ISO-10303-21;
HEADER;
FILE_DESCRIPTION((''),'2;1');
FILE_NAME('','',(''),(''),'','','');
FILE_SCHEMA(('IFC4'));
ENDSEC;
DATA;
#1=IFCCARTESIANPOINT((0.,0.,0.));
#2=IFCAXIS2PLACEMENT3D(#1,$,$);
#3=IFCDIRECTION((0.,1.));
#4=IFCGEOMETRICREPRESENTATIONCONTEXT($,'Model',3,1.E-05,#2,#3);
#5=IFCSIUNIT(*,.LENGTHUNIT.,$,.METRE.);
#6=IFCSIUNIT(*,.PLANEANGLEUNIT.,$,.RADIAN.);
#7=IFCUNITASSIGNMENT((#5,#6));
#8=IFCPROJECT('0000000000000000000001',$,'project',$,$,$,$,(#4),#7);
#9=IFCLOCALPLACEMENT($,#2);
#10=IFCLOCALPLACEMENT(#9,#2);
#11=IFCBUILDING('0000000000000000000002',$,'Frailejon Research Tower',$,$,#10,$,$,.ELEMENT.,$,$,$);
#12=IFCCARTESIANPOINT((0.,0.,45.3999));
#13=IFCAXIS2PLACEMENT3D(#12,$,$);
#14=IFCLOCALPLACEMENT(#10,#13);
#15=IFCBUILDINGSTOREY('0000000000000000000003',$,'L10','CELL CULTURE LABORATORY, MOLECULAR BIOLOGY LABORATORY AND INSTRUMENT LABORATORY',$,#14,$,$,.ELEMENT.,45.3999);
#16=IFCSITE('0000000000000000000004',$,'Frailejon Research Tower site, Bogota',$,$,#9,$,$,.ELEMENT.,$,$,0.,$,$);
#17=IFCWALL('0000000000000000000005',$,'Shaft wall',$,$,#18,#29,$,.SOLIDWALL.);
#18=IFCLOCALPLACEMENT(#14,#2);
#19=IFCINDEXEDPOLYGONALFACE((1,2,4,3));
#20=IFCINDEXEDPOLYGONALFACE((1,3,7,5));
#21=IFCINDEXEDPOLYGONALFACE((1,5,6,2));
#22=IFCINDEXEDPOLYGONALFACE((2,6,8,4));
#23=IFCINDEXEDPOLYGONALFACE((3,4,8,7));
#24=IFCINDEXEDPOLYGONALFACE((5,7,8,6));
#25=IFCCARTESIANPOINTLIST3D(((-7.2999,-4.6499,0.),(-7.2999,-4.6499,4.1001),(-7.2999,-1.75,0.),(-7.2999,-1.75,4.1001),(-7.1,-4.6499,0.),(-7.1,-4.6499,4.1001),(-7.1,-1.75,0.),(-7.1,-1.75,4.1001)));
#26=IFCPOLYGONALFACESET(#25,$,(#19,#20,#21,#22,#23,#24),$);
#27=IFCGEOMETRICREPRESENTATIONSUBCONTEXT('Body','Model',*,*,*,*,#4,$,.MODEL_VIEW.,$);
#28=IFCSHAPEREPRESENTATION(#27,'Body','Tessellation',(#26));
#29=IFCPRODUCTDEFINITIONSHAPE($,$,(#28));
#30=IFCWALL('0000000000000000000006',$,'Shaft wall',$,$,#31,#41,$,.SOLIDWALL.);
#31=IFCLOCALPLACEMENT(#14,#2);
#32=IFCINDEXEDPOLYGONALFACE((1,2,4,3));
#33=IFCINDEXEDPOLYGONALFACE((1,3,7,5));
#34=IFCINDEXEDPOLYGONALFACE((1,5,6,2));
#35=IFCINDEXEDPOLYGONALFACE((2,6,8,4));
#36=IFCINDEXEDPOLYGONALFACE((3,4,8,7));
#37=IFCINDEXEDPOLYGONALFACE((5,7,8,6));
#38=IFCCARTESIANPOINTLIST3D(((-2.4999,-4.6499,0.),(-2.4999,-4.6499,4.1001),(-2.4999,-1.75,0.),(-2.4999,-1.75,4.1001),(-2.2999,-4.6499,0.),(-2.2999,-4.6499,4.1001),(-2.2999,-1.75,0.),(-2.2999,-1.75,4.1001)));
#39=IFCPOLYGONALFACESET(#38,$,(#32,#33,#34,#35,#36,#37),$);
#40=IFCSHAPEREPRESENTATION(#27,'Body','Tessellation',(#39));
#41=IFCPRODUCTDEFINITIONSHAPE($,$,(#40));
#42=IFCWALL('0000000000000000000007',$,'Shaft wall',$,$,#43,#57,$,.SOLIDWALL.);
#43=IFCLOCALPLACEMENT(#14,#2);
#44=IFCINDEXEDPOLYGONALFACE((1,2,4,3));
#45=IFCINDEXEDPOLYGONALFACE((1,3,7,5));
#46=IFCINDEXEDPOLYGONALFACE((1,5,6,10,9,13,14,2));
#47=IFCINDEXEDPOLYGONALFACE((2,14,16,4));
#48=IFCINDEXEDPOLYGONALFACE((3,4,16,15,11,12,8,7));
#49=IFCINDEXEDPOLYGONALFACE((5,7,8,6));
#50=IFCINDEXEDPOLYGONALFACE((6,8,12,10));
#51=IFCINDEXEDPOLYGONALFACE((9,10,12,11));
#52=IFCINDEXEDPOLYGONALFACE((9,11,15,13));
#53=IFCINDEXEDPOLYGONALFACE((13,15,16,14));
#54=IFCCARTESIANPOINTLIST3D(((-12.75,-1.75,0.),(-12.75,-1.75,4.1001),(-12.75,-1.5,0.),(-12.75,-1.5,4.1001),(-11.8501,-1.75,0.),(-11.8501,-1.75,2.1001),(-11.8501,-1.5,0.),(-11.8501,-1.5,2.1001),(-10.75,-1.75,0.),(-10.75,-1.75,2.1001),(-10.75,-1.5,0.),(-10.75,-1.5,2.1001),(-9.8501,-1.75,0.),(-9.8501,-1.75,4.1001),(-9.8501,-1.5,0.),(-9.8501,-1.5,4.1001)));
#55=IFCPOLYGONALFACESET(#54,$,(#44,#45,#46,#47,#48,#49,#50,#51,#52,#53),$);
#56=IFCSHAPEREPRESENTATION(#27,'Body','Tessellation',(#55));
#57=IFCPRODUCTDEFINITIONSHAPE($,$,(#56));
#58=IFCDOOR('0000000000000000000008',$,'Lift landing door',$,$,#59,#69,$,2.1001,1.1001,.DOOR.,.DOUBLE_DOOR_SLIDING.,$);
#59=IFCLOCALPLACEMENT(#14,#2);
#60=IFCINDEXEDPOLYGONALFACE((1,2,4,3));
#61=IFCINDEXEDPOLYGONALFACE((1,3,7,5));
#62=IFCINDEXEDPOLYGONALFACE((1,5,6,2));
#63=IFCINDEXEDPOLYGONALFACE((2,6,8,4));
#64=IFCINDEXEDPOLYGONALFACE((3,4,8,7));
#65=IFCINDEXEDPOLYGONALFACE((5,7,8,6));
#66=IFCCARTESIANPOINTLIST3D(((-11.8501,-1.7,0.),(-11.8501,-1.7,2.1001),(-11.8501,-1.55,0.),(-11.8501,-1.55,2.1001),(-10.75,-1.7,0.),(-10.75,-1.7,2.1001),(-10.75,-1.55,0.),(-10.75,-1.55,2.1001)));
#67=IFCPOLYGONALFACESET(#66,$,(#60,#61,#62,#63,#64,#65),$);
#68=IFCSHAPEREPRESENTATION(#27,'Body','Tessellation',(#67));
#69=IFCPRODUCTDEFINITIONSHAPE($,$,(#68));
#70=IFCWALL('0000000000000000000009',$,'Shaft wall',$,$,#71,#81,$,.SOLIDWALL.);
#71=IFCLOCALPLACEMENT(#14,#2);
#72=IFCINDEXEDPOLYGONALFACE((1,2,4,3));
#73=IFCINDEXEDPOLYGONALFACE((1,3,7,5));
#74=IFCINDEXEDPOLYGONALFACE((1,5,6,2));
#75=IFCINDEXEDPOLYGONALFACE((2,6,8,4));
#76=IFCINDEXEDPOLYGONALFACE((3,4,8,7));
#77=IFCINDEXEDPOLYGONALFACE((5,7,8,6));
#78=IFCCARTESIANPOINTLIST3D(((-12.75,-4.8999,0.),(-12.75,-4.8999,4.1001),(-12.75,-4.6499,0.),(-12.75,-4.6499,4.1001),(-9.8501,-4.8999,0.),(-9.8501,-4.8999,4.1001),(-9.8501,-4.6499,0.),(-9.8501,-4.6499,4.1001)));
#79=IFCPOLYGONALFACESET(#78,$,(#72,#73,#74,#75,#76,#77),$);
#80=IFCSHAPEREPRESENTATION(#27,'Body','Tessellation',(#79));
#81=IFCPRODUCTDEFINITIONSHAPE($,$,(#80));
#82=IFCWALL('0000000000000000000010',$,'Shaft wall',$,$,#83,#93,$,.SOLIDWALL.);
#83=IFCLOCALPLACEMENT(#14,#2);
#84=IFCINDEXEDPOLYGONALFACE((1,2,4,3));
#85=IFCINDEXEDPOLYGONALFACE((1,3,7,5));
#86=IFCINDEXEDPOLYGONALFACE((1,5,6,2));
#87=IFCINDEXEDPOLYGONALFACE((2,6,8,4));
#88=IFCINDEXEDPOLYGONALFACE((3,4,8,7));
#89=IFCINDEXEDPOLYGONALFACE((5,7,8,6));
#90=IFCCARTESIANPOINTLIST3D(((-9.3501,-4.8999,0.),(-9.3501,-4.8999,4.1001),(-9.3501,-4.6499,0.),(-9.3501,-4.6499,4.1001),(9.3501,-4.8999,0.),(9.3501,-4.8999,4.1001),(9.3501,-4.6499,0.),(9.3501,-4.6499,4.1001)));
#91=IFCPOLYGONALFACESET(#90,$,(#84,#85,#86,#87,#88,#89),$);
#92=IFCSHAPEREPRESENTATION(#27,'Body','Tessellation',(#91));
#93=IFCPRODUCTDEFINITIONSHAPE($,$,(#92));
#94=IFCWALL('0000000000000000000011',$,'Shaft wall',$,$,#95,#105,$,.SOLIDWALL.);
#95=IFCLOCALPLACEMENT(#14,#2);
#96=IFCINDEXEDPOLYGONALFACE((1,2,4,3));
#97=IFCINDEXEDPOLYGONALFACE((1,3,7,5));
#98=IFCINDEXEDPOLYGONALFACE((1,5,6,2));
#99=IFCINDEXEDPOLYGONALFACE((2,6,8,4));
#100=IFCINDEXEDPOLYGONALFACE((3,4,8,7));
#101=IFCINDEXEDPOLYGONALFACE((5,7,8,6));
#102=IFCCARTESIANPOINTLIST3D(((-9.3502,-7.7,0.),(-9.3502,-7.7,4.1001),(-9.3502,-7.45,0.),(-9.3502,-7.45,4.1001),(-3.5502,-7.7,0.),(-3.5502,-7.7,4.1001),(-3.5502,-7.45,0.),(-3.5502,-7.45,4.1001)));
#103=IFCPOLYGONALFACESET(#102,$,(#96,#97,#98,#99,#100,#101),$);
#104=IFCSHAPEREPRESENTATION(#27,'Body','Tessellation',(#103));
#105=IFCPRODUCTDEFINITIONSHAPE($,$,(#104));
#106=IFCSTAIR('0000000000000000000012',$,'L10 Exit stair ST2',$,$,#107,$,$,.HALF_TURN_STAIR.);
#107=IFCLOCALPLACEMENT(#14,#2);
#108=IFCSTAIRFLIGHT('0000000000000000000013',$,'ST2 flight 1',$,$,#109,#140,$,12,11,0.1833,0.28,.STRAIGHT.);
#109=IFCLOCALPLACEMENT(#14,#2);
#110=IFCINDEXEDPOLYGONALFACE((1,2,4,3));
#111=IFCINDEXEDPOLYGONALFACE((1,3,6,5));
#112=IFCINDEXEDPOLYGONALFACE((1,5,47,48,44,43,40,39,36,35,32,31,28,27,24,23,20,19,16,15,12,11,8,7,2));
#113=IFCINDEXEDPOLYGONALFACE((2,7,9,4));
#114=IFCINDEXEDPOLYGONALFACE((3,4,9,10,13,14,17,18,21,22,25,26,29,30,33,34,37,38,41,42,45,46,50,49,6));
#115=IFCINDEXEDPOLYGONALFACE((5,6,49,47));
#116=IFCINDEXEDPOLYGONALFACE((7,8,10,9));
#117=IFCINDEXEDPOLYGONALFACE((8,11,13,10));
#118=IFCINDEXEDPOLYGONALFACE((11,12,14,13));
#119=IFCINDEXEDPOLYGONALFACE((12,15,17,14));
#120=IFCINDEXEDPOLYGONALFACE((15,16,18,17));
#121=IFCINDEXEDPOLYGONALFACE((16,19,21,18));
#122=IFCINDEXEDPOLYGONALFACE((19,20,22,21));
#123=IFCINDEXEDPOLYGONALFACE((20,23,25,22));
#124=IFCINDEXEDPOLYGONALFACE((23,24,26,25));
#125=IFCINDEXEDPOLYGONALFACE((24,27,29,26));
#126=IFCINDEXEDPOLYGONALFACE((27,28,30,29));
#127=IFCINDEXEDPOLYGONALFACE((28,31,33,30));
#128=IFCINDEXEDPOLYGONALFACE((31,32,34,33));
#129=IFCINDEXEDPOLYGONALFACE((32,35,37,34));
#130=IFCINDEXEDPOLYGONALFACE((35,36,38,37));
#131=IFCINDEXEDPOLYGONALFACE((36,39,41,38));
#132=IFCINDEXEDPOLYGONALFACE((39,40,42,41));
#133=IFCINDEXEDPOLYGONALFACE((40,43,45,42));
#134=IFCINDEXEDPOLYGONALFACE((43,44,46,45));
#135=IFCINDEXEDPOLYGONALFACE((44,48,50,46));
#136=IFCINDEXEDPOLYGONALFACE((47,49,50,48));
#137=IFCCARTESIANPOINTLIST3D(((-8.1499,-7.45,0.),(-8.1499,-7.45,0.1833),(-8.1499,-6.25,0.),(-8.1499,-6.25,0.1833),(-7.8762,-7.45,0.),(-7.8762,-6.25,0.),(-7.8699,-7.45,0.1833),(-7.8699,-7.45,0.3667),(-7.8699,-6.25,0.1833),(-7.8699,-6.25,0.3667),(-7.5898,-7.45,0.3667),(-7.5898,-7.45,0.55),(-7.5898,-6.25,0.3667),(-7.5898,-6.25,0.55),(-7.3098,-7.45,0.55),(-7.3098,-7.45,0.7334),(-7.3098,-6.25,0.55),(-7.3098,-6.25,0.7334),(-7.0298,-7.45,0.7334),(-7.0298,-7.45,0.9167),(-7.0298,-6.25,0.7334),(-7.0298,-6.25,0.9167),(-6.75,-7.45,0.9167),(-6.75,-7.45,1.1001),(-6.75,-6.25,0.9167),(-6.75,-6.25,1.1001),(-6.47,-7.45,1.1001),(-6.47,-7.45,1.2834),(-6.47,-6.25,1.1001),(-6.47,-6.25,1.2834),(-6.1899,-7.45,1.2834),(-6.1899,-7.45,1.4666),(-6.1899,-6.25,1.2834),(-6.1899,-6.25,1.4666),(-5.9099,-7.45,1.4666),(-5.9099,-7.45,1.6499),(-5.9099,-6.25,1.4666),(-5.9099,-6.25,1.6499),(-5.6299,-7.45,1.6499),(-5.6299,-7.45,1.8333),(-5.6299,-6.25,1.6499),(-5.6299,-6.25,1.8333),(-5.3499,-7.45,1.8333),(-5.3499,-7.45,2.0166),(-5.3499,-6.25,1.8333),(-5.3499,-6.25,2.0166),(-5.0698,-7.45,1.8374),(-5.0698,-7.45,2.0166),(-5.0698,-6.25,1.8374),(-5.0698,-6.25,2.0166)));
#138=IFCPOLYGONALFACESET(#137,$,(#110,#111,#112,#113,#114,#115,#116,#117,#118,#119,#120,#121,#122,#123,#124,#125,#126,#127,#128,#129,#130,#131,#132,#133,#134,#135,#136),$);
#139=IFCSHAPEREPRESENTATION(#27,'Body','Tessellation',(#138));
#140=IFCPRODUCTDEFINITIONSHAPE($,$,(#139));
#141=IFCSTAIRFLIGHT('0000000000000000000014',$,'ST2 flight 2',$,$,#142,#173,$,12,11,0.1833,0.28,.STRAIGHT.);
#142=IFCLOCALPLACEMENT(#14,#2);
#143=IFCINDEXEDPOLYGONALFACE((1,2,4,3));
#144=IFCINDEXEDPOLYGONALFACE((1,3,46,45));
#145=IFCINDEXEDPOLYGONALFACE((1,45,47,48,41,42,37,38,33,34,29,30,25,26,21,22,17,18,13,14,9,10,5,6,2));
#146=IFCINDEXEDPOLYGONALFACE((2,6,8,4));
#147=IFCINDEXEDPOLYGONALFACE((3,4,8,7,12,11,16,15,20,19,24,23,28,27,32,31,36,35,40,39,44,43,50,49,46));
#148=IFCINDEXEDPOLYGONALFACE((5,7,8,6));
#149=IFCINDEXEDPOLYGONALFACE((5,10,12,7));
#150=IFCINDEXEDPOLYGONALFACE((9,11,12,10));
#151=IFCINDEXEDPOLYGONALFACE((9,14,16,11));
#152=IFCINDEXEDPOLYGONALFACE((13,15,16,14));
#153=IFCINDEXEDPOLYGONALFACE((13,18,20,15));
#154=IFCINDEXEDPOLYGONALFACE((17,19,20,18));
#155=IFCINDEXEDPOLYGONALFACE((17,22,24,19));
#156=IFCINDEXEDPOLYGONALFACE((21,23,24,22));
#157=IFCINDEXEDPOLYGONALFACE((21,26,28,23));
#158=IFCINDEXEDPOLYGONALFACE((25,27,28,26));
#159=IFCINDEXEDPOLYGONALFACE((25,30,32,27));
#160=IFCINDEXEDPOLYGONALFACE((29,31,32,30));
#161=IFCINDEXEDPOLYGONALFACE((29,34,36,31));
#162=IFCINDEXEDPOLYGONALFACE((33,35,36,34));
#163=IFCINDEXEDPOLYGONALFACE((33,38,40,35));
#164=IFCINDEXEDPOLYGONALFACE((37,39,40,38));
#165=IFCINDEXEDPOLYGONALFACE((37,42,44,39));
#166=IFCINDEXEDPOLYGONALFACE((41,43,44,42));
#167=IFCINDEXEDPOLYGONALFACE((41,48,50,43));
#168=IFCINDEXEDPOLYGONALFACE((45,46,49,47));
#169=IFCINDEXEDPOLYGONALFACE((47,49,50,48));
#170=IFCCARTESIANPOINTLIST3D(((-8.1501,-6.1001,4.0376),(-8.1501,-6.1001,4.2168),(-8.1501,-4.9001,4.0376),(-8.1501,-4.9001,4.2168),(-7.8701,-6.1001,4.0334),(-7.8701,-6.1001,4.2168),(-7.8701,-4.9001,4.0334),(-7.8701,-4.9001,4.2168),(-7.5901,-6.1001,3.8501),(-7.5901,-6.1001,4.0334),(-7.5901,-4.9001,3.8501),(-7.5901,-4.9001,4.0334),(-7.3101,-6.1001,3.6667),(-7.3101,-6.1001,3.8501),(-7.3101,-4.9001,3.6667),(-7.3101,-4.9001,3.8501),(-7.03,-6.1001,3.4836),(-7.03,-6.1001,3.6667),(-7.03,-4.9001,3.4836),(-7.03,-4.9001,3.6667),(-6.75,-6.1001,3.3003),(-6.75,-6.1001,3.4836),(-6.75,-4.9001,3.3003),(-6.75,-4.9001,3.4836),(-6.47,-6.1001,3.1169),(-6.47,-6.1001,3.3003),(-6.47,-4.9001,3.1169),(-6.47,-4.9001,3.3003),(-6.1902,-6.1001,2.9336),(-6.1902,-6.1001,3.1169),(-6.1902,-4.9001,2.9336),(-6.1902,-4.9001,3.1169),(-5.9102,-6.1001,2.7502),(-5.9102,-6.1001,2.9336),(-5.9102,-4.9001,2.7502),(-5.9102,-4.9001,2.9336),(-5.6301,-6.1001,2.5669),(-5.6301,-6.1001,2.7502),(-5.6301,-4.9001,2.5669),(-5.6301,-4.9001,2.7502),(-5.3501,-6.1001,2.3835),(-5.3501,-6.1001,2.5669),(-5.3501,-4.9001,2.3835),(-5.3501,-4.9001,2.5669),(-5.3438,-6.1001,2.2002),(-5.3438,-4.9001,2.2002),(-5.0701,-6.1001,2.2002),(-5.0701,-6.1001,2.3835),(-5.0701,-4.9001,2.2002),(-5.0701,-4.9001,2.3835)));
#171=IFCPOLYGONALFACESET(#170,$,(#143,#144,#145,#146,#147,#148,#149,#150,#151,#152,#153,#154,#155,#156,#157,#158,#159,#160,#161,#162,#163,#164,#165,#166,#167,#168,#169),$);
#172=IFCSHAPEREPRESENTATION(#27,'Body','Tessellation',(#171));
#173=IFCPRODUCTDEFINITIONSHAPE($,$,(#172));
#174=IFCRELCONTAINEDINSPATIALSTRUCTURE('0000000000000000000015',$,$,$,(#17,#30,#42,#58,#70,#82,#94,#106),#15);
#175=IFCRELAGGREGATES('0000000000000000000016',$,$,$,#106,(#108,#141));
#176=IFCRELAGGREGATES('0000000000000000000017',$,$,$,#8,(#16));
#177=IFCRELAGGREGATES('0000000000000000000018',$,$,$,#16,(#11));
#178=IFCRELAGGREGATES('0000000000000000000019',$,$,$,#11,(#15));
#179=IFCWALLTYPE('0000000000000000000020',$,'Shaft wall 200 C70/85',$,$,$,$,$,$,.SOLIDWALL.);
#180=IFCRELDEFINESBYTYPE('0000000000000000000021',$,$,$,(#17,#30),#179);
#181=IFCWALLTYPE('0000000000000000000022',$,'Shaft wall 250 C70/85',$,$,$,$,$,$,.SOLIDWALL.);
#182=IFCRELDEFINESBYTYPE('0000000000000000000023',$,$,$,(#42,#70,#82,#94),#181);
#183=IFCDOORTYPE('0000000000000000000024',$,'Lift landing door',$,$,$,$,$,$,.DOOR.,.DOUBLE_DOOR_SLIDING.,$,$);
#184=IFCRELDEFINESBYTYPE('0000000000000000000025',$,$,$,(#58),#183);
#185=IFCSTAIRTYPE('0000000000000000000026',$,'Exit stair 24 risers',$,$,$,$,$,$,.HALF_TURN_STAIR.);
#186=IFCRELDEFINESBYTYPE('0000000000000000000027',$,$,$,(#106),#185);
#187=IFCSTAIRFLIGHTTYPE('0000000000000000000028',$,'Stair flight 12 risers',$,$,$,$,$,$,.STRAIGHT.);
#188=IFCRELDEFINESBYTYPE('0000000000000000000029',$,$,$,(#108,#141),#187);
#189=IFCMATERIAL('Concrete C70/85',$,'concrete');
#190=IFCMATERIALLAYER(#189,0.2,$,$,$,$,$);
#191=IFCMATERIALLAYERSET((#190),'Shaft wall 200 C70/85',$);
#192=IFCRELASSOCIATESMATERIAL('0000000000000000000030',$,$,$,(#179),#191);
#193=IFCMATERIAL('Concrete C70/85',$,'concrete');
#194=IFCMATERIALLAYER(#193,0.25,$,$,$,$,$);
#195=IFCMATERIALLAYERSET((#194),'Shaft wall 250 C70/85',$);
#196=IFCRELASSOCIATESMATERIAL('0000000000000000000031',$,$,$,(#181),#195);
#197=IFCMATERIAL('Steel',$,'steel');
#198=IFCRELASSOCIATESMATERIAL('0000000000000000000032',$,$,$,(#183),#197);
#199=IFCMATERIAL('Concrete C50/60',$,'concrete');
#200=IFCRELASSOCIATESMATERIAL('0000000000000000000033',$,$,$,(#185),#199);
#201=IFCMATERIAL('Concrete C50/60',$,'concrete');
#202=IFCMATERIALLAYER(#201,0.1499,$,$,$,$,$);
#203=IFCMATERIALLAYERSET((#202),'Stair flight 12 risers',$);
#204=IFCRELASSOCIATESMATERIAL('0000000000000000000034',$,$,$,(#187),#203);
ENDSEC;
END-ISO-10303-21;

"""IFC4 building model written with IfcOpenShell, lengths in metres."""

from ifc_helpers import new_model, si_unit, direction, frame, frame_2d, origin, place, context, subcontext, project, spatial, polyline, rectangle, outline, extrude, material, layer, layer_set, type_object, element, fill, aggregate, save


model = new_model("IFC4")

# Units and contexts
model_context = context("Model", 3, precision=1e-05, world=origin(), true_north=direction((0.0, 1.0)))
body_context = subcontext(model_context, "Body", "Model", "MODEL_VIEW")
ifc_project = project(units=[si_unit("LENGTHUNIT", "METRE"), si_unit("PLANEANGLEUNIT", "RADIAN")], contexts=[model_context])

# Site, building, storey
site_placement = place(None, origin())
site = spatial("IfcSite", under=ifc_project, at=site_placement, Name="Frailejon Research Tower site, Bogota", CompositionType="ELEMENT", RefElevation=0.0)
building_placement = place(site_placement, origin())
building = spatial("IfcBuilding", under=site, at=building_placement, Name="Frailejon Research Tower", CompositionType="ELEMENT")
storey_placement = place(building_placement, frame((0.0, 0.0, 45.3999)))
storey = spatial("IfcBuildingStorey", under=building, at=storey_placement, Name="L10", Description="CELL CULTURE LABORATORY, MOLECULAR BIOLOGY LABORATORY AND INSTRUMENT LABORATORY", CompositionType="ELEMENT", Elevation=45.3999)

# Walls
ifc_material_1 = material(Name="Concrete C70/85", Category="concrete")
ifc_layer_1 = layer(ifc_material_1, 0.2)
ifc_layer_set_1 = layer_set([ifc_layer_1], Name="Shaft wall 200 C70/85")
wall_type_1 = type_object("IfcWallType", Name="Shaft wall 200 C70/85", PredefinedType="SOLIDWALL", material=ifc_layer_set_1)
for number, where, z_axis, x_axis, name in (
    (1, (-7.2, -4.6499, 0.0), (0.0, 0.0, 1.0), (0.0, 1.0, 0.0), "Shaft wall"),
    (2, (-2.3999, -4.6499, 0.0), (0.0, 0.0, 1.0), (0.0, 1.0, 0.0), "Shaft wall"),
):
    element("IfcWall", number, at=place(storey_placement, frame(where, z_axis=z_axis, x_axis=x_axis)), inside=storey, type_object=wall_type_1, Name=name, PredefinedType="SOLIDWALL", context=body_context, shape_type="SweptSolid", body=[
        extrude(rectangle(XDim=2.8999, YDim=0.2, at=frame_2d((1.45, 0.0))), origin(), (0.0, 0.0, 1.0), 4.1001),
    ])

# Wall, opening, door
ifc_material_2 = material(Name="Concrete C70/85", Category="concrete")
ifc_layer_2 = layer(ifc_material_2, 0.25)
ifc_layer_set_2 = layer_set([ifc_layer_2], Name="Shaft wall 250 C70/85")
wall_type_2 = type_object("IfcWallType", Name="Shaft wall 250 C70/85", PredefinedType="SOLIDWALL", material=ifc_layer_set_2)
wall_1_placement = place(storey_placement, frame((-12.75, -1.625, 0.0), z_axis=(0.0, 0.0, 1.0), x_axis=(1.0, 0.0, 0.0)))
wall_1 = element("IfcWall", 3, at=wall_1_placement, inside=storey, type_object=wall_type_2, Name="Shaft wall", PredefinedType="SOLIDWALL", context=body_context, shape_type="SweptSolid", body=[
    extrude(rectangle(XDim=2.8999, YDim=0.25, at=frame_2d((1.45, 0.0))), origin(), (0.0, 0.0, 1.0), 4.1001),
])
opening_placement = place(wall_1_placement, frame((0.8999, 0.0, 0.0)))
opening = element("IfcOpeningElement", 4, at=opening_placement, cuts=wall_1, PredefinedType="OPENING", context=body_context, shape_type="SweptSolid", body=[
    extrude(rectangle(XDim=1.1001, YDim=2.1001, at=frame_2d((0.55, 1.05))), frame((0.0, 0.135, 0.0), z_axis=(0.0, -1.0, 0.0), x_axis=(1.0, 0.0, 0.0)), (0.0, 0.0, 1.0), 0.27),
])
ifc_material_3 = material(Name="Steel", Category="steel")
door_type = type_object("IfcDoorType", Name="Lift landing door", OperationType="DOUBLE_DOOR_SLIDING", PredefinedType="DOOR", material=ifc_material_3)
door_placement = place(opening_placement, origin())
door = element("IfcDoor", 5, at=door_placement, inside=storey, type_object=door_type, Name="Lift landing door", OperationType="DOUBLE_DOOR_SLIDING", OverallHeight=2.1001, OverallWidth=1.1001, PredefinedType="DOOR", context=body_context, shape_type="SweptSolid", body=[
    extrude(rectangle(XDim=1.1001, YDim=2.1001, at=frame_2d((0.55, 1.05))), frame((0.0, 0.075, 0.0), z_axis=(0.0, -1.0, 0.0), x_axis=(1.0, 0.0, 0.0)), (0.0, 0.0, 1.0), 0.1499),
])
fill(opening, door)

# Walls
wall_2_placement = place(storey_placement, frame((-12.75, -4.7749, 0.0), z_axis=(0.0, 0.0, 1.0), x_axis=(1.0, 0.0, 0.0)))
element("IfcWall", 6, at=wall_2_placement, inside=storey, type_object=wall_type_2, Name="Shaft wall", PredefinedType="SOLIDWALL", context=body_context, shape_type="SweptSolid", body=[
    extrude(rectangle(XDim=2.8999, YDim=0.25, at=frame_2d((1.45, 0.0))), origin(), (0.0, 0.0, 1.0), 4.1001),
])
wall_3_placement = place(storey_placement, frame((-9.3501, -4.7749, 0.0), z_axis=(0.0, 0.0, 1.0), x_axis=(1.0, 0.0, 0.0)))
element("IfcWall", 7, at=wall_3_placement, inside=storey, type_object=wall_type_2, Name="Shaft wall", PredefinedType="SOLIDWALL", context=body_context, shape_type="SweptSolid", body=[
    extrude(rectangle(XDim=18.7002, YDim=0.25, at=frame_2d((9.3501, 0.0))), origin(), (0.0, 0.0, 1.0), 4.1001),
])
wall_4_placement = place(storey_placement, frame((-9.3501, -7.575, 0.0), z_axis=(0.0, 0.0, 1.0), x_axis=(1.0, 0.0, 0.0)))
element("IfcWall", 8, at=wall_4_placement, inside=storey, type_object=wall_type_2, Name="Shaft wall", PredefinedType="SOLIDWALL", context=body_context, shape_type="SweptSolid", body=[
    extrude(rectangle(XDim=5.8, YDim=0.25, at=frame_2d((2.8999, 0.0))), origin(), (0.0, 0.0, 1.0), 4.1001),
])

# Stair, stair flights
ifc_material_4 = material(Name="Concrete C50/60", Category="concrete")
stair_type = type_object("IfcStairType", Name="Exit stair 24 risers", PredefinedType="HALF_TURN_STAIR", material=ifc_material_4)
stair_placement = place(storey_placement, origin())
stair = element("IfcStair", 9, at=stair_placement, inside=storey, type_object=stair_type, Name="L10 Exit stair ST2", PredefinedType="HALF_TURN_STAIR")
ifc_material_5 = material(Name="Concrete C50/60", Category="concrete")
ifc_layer_3 = layer(ifc_material_5, 0.1499)
ifc_layer_set_3 = layer_set([ifc_layer_3], Name="Stair flight 12 risers")
stair_flight_type = type_object("IfcStairFlightType", Name="Stair flight 12 risers", PredefinedType="STRAIGHT", material=ifc_layer_set_3)
stair_flight_1_placement = place(storey_placement, frame((-8.1499, -6.8501, 0.0), z_axis=(0.0, 0.0, 1.0), x_axis=(1.0, 0.0, 0.0)))
stair_flight_1 = element("IfcStairFlight", 10, at=stair_flight_1_placement, type_object=stair_flight_type, Name="ST2 flight 1", NumberOfRisers=12, NumberOfTreads=11, PredefinedType="STRAIGHT", RiserHeight=0.1833, TreadLength=0.28, context=body_context, shape_type="SweptSolid", body=[
    extrude(outline(polyline([(0.0, 0.0), (0.0, 0.1833), (0.28, 0.1833), (0.28, 0.3667), (0.5601, 0.3667), (0.5601, 0.55), (0.8401, 0.55), (0.8401, 0.7334), (1.1201, 0.7334), (1.1201, 0.9167), (1.3999, 0.9167), (1.3999, 1.1001), (1.6799, 1.1001), (1.6799, 1.2834), (1.96, 1.2834), (1.96, 1.4666), (2.24, 1.4666), (2.24, 1.6499), (2.52, 1.6499), (2.52, 1.8333), (2.8, 1.8333), (2.8, 2.0166), (3.0801, 2.0166), (3.0801, 2.2), (3.0801, 1.8374), (0.2737, 0.0), (0.0, 0.0)])), frame((0.0, 0.6001, 0.0), z_axis=(0.0, -1.0, 0.0), x_axis=(1.0, 0.0, 0.0)), (0.0, 0.0, 1.0), 1.2),
])
stair_flight_2_placement = place(storey_placement, frame((-5.0701, -5.5, 2.2002), z_axis=(0.0, 0.0, 1.0), x_axis=(-1.0, 0.0, 0.0)))
stair_flight_2 = element("IfcStairFlight", 11, at=stair_flight_2_placement, type_object=stair_flight_type, Name="ST2 flight 2", NumberOfRisers=12, NumberOfTreads=11, PredefinedType="STRAIGHT", RiserHeight=0.1833, TreadLength=0.28, context=body_context, shape_type="SweptSolid", body=[
    extrude(outline(polyline([(0.0, 0.0), (0.0, 0.1833), (0.28, 0.1833), (0.28, 0.3667), (0.5601, 0.3667), (0.5601, 0.55), (0.8401, 0.55), (0.8401, 0.7334), (1.1201, 0.7334), (1.1201, 0.9167), (1.3999, 0.9167), (1.3999, 1.1001), (1.6799, 1.1001), (1.6799, 1.2834), (1.96, 1.2834), (1.96, 1.4666), (2.24, 1.4666), (2.24, 1.6499), (2.52, 1.6499), (2.52, 1.8333), (2.8, 1.8333), (2.8, 2.0166), (3.0801, 2.0166), (3.0801, 2.2), (3.0801, 1.8374), (0.2737, 0.0), (0.0, 0.0)])), frame((0.0, 0.6001, 0.0), z_axis=(0.0, -1.0, 0.0), x_axis=(1.0, 0.0, 0.0)), (0.0, 0.0, 1.0), 1.2),
])
aggregate(stair, [stair_flight_1, stair_flight_2])

save(model, "model.ifc")
